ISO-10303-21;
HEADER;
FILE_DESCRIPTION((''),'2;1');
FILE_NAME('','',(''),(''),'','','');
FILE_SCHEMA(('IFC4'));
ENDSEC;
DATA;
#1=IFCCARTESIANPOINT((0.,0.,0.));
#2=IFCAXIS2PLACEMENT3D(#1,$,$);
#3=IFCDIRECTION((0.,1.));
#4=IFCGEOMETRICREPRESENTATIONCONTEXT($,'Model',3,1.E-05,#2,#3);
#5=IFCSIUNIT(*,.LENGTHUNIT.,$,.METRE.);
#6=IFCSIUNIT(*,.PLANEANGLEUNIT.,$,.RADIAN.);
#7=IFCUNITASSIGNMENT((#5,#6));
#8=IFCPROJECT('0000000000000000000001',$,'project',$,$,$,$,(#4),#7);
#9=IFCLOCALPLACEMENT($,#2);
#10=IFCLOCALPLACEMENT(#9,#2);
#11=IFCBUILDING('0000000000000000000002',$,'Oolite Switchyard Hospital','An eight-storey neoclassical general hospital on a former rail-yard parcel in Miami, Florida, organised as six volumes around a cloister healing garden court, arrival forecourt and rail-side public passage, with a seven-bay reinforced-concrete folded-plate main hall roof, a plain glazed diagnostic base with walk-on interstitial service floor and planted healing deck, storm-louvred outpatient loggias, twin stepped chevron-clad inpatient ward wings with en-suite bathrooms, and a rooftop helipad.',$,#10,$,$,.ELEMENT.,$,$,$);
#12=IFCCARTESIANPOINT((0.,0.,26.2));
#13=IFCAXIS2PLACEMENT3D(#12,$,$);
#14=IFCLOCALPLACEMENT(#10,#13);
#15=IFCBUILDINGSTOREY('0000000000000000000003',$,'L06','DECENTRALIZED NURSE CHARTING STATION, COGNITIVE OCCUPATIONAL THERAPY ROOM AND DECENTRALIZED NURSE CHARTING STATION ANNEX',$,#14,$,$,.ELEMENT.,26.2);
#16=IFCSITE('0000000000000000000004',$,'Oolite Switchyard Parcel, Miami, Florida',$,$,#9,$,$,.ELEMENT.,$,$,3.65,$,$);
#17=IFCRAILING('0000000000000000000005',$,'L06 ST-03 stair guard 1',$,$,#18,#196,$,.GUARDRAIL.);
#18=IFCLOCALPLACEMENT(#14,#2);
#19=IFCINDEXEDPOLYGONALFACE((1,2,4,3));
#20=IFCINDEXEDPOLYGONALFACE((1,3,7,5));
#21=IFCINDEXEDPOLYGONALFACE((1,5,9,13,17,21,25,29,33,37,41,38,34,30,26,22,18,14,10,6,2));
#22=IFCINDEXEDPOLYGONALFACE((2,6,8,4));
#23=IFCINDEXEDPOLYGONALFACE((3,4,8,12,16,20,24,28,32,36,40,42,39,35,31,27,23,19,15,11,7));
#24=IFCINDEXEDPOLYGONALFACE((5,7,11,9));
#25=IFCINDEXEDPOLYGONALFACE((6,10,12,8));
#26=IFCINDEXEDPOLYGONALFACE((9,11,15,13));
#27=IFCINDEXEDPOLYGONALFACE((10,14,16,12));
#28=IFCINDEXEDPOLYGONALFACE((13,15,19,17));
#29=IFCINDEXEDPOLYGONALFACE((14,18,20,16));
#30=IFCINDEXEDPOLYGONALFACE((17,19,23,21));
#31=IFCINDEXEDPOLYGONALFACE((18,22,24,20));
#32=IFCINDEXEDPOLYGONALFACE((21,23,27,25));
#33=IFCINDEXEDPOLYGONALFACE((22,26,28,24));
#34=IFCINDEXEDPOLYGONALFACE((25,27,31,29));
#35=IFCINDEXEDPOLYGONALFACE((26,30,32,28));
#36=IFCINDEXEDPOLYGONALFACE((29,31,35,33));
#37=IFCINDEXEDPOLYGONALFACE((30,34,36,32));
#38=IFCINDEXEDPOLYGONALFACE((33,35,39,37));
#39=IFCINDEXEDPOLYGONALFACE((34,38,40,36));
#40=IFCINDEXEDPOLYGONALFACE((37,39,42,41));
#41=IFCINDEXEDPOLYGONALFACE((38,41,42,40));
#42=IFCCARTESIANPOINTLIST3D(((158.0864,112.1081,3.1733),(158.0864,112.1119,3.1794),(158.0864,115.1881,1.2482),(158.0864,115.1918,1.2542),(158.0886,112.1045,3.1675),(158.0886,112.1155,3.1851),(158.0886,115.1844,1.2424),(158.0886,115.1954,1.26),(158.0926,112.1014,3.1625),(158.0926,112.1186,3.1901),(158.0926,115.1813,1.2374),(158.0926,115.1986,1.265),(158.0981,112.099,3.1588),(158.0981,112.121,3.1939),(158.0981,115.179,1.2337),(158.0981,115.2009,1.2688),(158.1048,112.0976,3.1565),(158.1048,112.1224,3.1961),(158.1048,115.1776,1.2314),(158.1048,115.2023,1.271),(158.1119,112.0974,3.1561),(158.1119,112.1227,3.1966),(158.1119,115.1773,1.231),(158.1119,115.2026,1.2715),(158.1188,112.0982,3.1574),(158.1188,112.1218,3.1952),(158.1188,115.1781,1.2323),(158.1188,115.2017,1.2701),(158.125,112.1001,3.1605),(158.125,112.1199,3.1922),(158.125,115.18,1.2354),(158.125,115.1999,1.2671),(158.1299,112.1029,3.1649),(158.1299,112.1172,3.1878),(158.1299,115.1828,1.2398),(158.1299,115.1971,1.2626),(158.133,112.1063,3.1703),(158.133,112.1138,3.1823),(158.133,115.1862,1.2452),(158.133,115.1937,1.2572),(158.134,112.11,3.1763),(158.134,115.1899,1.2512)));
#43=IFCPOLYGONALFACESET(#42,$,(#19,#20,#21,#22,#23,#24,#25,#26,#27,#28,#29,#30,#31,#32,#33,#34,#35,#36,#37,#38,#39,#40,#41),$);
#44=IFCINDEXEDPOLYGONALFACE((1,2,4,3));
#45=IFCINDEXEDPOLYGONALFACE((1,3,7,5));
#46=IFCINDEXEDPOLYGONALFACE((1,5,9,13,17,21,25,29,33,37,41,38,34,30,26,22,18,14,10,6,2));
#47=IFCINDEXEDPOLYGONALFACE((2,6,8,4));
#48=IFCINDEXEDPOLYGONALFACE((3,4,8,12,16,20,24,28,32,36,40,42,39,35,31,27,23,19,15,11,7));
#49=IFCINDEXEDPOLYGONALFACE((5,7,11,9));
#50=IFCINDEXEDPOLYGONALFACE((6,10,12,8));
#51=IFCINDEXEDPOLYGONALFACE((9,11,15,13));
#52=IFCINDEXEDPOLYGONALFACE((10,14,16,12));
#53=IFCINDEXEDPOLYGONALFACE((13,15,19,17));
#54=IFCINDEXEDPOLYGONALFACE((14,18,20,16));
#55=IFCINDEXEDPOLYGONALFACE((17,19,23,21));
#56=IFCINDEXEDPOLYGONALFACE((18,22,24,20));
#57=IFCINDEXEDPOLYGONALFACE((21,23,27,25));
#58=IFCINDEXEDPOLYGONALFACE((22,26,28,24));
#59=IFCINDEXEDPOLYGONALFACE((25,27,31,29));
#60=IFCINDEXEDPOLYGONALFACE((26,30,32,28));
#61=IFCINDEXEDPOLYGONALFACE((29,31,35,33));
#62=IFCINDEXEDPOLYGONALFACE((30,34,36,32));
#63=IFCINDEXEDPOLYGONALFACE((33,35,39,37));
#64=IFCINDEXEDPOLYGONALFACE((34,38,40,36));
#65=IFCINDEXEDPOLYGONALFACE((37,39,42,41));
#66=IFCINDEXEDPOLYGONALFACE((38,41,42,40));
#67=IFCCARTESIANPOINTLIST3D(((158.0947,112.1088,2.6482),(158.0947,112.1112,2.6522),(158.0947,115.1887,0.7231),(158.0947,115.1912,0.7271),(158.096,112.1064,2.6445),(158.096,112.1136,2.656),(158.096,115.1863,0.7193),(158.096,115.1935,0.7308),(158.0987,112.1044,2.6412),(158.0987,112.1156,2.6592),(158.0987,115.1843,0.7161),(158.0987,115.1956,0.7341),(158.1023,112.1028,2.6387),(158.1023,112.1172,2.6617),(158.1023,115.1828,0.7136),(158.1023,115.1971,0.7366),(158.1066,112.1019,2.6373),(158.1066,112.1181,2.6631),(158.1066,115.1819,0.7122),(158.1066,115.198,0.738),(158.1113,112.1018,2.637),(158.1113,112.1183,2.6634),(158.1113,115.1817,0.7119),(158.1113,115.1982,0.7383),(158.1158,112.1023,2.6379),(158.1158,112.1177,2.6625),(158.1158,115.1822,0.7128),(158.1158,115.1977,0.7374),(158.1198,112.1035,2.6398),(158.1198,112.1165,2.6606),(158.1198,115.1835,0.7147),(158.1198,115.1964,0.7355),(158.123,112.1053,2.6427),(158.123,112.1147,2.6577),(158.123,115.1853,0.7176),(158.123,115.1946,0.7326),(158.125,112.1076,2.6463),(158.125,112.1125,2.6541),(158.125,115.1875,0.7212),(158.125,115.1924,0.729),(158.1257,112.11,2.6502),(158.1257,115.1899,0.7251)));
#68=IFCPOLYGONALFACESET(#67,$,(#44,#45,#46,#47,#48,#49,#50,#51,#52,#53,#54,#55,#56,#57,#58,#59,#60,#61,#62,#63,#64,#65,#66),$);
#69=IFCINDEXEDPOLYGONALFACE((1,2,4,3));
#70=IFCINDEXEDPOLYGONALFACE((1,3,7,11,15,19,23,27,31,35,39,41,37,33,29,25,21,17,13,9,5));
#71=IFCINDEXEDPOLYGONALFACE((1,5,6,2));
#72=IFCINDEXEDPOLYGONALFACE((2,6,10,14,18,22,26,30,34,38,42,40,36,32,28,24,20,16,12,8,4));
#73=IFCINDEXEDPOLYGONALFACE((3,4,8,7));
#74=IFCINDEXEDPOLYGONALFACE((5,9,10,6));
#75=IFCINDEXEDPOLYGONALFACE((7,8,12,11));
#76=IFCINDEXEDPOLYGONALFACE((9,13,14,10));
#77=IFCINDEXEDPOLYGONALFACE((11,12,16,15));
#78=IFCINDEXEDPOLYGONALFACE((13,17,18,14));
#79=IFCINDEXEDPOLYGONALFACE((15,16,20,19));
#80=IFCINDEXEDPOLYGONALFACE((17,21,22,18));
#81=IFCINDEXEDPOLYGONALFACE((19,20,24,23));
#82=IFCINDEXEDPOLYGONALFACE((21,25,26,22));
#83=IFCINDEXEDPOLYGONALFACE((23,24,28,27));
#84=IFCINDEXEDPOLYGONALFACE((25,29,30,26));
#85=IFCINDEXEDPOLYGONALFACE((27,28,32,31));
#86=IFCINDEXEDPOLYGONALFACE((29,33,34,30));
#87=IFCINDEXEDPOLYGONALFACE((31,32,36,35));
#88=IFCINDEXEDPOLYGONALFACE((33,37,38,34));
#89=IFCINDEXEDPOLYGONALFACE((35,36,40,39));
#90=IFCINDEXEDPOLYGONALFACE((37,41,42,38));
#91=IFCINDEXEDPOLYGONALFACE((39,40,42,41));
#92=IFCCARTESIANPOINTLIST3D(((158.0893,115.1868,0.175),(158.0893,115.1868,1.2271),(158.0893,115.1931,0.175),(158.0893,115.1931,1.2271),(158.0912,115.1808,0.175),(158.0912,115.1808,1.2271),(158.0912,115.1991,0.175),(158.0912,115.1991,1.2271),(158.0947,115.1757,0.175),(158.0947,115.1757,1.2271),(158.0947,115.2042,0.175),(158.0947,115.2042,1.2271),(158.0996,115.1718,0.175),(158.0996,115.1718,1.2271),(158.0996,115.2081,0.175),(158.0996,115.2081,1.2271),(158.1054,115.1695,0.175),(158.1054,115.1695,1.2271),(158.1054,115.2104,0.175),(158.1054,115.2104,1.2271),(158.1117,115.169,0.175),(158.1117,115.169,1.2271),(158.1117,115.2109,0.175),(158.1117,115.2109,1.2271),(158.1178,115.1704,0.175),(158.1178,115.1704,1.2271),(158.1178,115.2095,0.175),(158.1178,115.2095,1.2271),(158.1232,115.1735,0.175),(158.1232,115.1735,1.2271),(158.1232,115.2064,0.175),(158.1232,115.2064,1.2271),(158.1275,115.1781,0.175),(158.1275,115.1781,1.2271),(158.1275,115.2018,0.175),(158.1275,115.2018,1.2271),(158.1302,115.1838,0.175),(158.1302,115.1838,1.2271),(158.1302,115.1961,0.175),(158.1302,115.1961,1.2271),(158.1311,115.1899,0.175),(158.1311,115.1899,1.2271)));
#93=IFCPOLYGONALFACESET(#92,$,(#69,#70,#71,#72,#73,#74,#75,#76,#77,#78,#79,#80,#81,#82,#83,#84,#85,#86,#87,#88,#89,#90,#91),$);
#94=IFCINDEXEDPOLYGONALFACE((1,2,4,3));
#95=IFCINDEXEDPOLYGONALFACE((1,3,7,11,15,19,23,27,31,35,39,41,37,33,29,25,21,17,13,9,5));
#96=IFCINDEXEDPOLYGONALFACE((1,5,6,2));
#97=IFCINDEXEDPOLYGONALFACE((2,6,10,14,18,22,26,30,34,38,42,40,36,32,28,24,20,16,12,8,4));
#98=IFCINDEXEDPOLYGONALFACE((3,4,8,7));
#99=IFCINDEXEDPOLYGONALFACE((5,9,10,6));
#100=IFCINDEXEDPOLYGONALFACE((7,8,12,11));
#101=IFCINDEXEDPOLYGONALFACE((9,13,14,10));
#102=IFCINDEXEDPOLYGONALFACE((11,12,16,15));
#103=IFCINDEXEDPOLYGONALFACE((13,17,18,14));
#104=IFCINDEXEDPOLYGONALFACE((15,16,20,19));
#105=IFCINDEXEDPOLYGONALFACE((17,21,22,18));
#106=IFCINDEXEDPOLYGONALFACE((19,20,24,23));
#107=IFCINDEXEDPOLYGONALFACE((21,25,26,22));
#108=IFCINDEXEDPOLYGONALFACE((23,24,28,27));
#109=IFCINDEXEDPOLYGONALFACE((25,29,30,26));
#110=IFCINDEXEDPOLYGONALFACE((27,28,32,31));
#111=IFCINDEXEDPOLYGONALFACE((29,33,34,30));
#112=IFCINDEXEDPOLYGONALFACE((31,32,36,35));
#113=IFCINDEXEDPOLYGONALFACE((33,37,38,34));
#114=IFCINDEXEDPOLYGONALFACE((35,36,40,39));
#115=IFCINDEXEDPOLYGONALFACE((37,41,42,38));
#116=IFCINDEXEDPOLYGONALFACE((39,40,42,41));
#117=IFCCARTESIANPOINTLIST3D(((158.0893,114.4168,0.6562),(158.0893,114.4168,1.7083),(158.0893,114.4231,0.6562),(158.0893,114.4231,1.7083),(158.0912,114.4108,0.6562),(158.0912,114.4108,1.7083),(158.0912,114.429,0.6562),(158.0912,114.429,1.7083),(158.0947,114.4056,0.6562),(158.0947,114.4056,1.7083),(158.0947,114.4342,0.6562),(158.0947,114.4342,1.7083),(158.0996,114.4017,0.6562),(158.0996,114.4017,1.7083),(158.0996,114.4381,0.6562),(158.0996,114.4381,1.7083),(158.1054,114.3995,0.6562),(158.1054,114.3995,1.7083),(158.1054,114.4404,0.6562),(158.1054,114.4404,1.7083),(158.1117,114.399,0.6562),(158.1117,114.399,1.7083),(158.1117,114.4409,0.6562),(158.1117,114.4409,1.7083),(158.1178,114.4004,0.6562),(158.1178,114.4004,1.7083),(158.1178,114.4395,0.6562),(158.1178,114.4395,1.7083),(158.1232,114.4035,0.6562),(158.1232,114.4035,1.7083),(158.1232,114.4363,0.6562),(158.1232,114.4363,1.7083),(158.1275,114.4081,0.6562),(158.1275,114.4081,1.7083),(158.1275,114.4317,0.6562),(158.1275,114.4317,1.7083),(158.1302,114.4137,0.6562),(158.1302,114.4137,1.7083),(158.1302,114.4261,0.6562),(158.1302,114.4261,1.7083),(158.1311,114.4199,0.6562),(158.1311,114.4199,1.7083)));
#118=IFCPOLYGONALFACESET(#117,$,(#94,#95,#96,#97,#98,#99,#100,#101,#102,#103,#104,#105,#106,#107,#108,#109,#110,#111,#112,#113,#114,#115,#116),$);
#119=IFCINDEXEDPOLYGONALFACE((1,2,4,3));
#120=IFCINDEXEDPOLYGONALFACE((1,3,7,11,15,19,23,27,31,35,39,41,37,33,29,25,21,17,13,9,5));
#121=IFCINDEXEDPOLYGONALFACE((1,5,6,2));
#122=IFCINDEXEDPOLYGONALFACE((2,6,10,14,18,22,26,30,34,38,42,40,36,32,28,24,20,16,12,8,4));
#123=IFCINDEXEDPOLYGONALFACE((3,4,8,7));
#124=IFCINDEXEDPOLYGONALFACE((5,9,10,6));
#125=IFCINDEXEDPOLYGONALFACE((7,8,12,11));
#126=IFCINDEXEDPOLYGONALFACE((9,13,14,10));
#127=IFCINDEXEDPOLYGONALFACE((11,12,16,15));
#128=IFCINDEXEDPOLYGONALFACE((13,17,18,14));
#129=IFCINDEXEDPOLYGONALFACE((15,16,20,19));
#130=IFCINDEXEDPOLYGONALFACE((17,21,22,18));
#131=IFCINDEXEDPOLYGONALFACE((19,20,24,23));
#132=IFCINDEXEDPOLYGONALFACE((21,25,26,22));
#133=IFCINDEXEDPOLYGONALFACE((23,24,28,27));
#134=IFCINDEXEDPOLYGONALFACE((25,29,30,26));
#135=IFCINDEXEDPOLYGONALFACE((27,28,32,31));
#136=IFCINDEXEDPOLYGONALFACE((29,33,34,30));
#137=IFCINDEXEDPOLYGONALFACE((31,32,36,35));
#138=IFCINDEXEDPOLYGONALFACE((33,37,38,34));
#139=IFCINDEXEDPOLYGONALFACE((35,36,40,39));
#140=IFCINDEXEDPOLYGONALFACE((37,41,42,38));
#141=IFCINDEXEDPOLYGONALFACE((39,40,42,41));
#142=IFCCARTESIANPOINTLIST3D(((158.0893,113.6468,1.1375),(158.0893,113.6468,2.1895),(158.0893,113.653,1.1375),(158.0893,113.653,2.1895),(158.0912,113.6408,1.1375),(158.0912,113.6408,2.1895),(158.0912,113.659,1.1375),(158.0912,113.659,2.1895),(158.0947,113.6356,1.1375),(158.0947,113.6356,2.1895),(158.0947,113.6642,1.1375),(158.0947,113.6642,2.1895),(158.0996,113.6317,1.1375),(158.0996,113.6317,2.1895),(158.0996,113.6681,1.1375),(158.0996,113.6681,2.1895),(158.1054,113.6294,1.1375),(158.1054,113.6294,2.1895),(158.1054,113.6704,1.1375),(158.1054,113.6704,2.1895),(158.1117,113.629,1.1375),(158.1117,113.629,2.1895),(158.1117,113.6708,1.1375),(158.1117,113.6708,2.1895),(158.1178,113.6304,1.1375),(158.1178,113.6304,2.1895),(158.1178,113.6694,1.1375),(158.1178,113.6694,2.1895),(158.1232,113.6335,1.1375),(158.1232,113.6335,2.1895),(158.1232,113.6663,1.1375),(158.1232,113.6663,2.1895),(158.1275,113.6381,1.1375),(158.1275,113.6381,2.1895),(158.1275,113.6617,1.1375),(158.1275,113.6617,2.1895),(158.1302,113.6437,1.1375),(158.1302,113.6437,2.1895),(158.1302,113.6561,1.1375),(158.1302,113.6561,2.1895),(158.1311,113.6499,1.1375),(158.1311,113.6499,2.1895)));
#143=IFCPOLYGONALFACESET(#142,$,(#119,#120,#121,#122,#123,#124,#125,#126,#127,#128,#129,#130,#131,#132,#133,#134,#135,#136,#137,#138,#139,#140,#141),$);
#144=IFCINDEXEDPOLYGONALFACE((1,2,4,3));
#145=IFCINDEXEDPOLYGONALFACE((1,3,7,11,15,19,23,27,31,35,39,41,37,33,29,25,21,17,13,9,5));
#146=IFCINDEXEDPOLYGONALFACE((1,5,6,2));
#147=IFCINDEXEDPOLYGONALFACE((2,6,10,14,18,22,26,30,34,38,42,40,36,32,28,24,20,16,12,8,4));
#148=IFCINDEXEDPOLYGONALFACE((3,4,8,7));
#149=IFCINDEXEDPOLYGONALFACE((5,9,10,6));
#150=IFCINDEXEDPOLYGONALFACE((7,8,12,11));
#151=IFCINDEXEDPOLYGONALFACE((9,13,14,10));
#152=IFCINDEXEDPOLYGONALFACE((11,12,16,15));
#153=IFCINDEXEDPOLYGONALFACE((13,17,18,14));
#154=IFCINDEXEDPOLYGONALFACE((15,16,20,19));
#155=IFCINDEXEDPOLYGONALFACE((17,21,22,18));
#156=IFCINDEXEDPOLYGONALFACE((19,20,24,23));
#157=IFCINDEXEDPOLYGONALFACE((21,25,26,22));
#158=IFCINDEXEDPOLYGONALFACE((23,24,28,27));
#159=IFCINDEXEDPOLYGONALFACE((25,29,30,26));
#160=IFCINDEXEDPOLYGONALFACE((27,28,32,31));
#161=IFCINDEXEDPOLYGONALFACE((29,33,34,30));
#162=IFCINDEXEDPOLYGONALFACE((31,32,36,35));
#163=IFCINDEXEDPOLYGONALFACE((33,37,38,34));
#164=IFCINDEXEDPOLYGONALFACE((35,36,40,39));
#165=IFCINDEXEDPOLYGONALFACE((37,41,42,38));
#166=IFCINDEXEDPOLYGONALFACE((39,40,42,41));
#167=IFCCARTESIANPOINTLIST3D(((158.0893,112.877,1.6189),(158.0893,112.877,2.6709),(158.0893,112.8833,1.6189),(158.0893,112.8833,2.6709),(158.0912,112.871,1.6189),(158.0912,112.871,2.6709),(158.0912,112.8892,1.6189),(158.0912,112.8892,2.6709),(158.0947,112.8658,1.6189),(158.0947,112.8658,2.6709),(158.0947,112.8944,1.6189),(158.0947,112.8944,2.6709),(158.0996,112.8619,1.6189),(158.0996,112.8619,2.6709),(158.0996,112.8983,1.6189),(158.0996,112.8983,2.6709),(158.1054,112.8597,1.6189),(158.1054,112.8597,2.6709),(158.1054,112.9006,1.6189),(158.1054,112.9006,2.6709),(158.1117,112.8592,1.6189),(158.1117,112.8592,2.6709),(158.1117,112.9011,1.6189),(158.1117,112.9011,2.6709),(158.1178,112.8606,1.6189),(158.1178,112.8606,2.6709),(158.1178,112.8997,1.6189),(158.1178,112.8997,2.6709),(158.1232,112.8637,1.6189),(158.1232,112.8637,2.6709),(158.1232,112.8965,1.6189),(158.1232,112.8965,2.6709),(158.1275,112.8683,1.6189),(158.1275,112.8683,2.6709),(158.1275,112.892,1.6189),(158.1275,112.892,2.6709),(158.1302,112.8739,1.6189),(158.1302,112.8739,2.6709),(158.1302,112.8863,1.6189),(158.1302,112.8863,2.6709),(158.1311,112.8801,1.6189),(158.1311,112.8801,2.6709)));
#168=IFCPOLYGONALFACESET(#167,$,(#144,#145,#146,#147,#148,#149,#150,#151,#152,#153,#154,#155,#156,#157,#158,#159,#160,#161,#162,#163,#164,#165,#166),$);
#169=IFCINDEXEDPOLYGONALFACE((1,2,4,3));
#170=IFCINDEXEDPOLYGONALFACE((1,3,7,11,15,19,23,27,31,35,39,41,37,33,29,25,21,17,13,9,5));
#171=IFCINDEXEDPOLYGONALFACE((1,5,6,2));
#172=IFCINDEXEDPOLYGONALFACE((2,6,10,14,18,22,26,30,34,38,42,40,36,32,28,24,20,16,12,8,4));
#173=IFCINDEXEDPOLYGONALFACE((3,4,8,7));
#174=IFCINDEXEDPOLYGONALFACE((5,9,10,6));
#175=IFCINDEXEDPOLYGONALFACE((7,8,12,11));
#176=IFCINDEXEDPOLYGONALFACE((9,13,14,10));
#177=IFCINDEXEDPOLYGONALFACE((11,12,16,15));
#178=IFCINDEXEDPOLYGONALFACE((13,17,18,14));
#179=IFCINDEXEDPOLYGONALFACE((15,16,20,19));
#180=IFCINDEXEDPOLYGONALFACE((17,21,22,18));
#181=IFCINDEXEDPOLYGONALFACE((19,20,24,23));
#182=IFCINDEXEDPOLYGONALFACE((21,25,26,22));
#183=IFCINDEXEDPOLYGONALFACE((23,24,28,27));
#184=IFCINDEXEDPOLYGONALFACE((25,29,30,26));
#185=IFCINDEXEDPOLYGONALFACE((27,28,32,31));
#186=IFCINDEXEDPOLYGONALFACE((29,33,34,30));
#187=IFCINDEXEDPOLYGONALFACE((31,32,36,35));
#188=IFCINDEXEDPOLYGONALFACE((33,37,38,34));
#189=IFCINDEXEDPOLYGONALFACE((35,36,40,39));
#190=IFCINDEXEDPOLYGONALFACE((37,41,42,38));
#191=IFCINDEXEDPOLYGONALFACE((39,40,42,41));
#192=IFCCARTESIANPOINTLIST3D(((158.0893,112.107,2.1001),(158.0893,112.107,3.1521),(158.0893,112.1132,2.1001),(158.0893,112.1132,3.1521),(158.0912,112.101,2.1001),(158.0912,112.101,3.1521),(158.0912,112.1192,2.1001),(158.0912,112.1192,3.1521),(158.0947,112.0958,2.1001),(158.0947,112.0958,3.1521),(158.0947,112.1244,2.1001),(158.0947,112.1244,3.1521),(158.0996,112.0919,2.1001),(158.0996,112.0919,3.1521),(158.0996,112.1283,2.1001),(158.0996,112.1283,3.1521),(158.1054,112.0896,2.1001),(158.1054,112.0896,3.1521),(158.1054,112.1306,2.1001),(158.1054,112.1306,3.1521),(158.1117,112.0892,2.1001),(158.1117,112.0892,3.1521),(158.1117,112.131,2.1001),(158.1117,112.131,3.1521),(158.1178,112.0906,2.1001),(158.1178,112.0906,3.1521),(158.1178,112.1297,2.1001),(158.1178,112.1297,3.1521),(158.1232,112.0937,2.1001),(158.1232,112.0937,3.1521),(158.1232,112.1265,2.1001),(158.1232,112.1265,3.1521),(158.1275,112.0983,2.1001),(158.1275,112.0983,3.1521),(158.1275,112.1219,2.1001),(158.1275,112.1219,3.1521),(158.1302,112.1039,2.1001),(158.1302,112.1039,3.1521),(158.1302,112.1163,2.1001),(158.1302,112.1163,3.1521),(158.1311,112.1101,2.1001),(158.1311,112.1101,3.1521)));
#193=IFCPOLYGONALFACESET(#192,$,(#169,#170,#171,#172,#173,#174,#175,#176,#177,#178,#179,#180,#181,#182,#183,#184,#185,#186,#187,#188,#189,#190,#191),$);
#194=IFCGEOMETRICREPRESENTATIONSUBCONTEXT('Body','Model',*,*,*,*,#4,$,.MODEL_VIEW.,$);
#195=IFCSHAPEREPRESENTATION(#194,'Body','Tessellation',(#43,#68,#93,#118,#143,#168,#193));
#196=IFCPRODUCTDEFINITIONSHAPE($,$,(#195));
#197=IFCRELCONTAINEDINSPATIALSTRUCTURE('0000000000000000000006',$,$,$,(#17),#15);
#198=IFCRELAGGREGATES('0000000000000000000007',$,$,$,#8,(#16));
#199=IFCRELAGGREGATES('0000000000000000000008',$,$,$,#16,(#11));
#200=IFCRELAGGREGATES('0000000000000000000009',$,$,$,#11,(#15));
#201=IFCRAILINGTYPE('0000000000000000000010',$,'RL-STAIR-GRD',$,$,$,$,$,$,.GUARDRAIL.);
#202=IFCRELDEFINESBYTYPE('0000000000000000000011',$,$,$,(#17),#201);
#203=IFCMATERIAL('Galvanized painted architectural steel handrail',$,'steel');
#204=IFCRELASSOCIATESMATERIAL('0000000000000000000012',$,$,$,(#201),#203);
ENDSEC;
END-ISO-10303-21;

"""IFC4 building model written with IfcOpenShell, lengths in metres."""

from ifc_helpers import new_model, si_unit, direction, frame, origin, origin_2d, place, context, subcontext, project, spatial, circle, extrude, material, type_object, element, save


model = new_model("IFC4")

# Units and contexts
model_context = context("Model", 3, precision=1e-05, world=origin(), true_north=direction((0.0, 1.0)))
body_context = subcontext(model_context, "Body", "Model", "MODEL_VIEW")
ifc_project = project(units=[si_unit("LENGTHUNIT", "METRE"), si_unit("PLANEANGLEUNIT", "RADIAN")], contexts=[model_context])

# Site, building, storey
site_placement = place(None, origin())
site = spatial("IfcSite", under=ifc_project, at=site_placement, Name="Oolite Switchyard Parcel, Miami, Florida", CompositionType="ELEMENT", RefElevation=3.65)
building_placement = place(site_placement, origin())
building = spatial("IfcBuilding", under=site, at=building_placement, Name="Oolite Switchyard Hospital", Description="An eight-storey neoclassical general hospital on a former rail-yard parcel in Miami, Florida, organised as six volumes around a cloister healing garden court, arrival forecourt and rail-side public passage, with a seven-bay reinforced-concrete folded-plate main hall roof, a plain glazed diagnostic base with walk-on interstitial service floor and planted healing deck, storm-louvred outpatient loggias, twin stepped chevron-clad inpatient ward wings with en-suite bathrooms, and a rooftop helipad.", CompositionType="ELEMENT")
storey_placement = place(building_placement, frame((0.0, 0.0, 26.2)))
storey = spatial("IfcBuildingStorey", under=building, at=storey_placement, Name="L06", Description="DECENTRALIZED NURSE CHARTING STATION, COGNITIVE OCCUPATIONAL THERAPY ROOM AND DECENTRALIZED NURSE CHARTING STATION ANNEX", CompositionType="ELEMENT", Elevation=26.2)

# Railing
ifc_material_1 = material(Name="Galvanized painted architectural steel handrail", Category="steel")
railing_type_1 = type_object("IfcRailingType", Name="RL-STAIR-GRD", PredefinedType="GUARDRAIL", material=ifc_material_1)
railing_1_placement = place(storey_placement, frame((158.1101, 115.1899, 0.175)))
element("IfcRailing", 1, at=railing_1_placement, inside=storey, type_object=railing_type_1, Name="L06 ST-03 stair guard 1", PredefinedType="GUARDRAIL", context=body_context, shape_type="SweptSolid", body=[
    extrude(circle(Radius=0.0239, at=origin_2d()), frame((0.0, 0.0, 1.0762), z_axis=(0.0, -0.847979, 0.530029), x_axis=(1.0, 0.0, 0.0)), (0.0, 0.0, 1.0), 3.6321),
    extrude(circle(Radius=0.0156, at=origin_2d()), frame((0.0, 0.0, 0.55), z_axis=(0.0, -0.847979, 0.530029), x_axis=(1.0, 0.0, 0.0)), (0.0, 0.0, 1.0), 3.6321),
    extrude(circle(Radius=0.021, at=origin_2d()), origin(), (0.0, 0.0, 1.0), 1.052),
    extrude(circle(Radius=0.021, at=origin_2d()), frame((0.0, -0.77, 0.4812)), (0.0, 0.0, 1.0), 1.052),
    extrude(circle(Radius=0.021, at=origin_2d()), frame((0.0, -1.54, 0.9624)), (0.0, 0.0, 1.0), 1.052),
    extrude(circle(Radius=0.021, at=origin_2d()), frame((0.0, -2.3098, 1.4438)), (0.0, 0.0, 1.0), 1.052),
    extrude(circle(Radius=0.021, at=origin_2d()), frame((0.0, -3.0798, 1.925)), (0.0, 0.0, 1.0), 1.052),
])

save(model, "model.ifc")
